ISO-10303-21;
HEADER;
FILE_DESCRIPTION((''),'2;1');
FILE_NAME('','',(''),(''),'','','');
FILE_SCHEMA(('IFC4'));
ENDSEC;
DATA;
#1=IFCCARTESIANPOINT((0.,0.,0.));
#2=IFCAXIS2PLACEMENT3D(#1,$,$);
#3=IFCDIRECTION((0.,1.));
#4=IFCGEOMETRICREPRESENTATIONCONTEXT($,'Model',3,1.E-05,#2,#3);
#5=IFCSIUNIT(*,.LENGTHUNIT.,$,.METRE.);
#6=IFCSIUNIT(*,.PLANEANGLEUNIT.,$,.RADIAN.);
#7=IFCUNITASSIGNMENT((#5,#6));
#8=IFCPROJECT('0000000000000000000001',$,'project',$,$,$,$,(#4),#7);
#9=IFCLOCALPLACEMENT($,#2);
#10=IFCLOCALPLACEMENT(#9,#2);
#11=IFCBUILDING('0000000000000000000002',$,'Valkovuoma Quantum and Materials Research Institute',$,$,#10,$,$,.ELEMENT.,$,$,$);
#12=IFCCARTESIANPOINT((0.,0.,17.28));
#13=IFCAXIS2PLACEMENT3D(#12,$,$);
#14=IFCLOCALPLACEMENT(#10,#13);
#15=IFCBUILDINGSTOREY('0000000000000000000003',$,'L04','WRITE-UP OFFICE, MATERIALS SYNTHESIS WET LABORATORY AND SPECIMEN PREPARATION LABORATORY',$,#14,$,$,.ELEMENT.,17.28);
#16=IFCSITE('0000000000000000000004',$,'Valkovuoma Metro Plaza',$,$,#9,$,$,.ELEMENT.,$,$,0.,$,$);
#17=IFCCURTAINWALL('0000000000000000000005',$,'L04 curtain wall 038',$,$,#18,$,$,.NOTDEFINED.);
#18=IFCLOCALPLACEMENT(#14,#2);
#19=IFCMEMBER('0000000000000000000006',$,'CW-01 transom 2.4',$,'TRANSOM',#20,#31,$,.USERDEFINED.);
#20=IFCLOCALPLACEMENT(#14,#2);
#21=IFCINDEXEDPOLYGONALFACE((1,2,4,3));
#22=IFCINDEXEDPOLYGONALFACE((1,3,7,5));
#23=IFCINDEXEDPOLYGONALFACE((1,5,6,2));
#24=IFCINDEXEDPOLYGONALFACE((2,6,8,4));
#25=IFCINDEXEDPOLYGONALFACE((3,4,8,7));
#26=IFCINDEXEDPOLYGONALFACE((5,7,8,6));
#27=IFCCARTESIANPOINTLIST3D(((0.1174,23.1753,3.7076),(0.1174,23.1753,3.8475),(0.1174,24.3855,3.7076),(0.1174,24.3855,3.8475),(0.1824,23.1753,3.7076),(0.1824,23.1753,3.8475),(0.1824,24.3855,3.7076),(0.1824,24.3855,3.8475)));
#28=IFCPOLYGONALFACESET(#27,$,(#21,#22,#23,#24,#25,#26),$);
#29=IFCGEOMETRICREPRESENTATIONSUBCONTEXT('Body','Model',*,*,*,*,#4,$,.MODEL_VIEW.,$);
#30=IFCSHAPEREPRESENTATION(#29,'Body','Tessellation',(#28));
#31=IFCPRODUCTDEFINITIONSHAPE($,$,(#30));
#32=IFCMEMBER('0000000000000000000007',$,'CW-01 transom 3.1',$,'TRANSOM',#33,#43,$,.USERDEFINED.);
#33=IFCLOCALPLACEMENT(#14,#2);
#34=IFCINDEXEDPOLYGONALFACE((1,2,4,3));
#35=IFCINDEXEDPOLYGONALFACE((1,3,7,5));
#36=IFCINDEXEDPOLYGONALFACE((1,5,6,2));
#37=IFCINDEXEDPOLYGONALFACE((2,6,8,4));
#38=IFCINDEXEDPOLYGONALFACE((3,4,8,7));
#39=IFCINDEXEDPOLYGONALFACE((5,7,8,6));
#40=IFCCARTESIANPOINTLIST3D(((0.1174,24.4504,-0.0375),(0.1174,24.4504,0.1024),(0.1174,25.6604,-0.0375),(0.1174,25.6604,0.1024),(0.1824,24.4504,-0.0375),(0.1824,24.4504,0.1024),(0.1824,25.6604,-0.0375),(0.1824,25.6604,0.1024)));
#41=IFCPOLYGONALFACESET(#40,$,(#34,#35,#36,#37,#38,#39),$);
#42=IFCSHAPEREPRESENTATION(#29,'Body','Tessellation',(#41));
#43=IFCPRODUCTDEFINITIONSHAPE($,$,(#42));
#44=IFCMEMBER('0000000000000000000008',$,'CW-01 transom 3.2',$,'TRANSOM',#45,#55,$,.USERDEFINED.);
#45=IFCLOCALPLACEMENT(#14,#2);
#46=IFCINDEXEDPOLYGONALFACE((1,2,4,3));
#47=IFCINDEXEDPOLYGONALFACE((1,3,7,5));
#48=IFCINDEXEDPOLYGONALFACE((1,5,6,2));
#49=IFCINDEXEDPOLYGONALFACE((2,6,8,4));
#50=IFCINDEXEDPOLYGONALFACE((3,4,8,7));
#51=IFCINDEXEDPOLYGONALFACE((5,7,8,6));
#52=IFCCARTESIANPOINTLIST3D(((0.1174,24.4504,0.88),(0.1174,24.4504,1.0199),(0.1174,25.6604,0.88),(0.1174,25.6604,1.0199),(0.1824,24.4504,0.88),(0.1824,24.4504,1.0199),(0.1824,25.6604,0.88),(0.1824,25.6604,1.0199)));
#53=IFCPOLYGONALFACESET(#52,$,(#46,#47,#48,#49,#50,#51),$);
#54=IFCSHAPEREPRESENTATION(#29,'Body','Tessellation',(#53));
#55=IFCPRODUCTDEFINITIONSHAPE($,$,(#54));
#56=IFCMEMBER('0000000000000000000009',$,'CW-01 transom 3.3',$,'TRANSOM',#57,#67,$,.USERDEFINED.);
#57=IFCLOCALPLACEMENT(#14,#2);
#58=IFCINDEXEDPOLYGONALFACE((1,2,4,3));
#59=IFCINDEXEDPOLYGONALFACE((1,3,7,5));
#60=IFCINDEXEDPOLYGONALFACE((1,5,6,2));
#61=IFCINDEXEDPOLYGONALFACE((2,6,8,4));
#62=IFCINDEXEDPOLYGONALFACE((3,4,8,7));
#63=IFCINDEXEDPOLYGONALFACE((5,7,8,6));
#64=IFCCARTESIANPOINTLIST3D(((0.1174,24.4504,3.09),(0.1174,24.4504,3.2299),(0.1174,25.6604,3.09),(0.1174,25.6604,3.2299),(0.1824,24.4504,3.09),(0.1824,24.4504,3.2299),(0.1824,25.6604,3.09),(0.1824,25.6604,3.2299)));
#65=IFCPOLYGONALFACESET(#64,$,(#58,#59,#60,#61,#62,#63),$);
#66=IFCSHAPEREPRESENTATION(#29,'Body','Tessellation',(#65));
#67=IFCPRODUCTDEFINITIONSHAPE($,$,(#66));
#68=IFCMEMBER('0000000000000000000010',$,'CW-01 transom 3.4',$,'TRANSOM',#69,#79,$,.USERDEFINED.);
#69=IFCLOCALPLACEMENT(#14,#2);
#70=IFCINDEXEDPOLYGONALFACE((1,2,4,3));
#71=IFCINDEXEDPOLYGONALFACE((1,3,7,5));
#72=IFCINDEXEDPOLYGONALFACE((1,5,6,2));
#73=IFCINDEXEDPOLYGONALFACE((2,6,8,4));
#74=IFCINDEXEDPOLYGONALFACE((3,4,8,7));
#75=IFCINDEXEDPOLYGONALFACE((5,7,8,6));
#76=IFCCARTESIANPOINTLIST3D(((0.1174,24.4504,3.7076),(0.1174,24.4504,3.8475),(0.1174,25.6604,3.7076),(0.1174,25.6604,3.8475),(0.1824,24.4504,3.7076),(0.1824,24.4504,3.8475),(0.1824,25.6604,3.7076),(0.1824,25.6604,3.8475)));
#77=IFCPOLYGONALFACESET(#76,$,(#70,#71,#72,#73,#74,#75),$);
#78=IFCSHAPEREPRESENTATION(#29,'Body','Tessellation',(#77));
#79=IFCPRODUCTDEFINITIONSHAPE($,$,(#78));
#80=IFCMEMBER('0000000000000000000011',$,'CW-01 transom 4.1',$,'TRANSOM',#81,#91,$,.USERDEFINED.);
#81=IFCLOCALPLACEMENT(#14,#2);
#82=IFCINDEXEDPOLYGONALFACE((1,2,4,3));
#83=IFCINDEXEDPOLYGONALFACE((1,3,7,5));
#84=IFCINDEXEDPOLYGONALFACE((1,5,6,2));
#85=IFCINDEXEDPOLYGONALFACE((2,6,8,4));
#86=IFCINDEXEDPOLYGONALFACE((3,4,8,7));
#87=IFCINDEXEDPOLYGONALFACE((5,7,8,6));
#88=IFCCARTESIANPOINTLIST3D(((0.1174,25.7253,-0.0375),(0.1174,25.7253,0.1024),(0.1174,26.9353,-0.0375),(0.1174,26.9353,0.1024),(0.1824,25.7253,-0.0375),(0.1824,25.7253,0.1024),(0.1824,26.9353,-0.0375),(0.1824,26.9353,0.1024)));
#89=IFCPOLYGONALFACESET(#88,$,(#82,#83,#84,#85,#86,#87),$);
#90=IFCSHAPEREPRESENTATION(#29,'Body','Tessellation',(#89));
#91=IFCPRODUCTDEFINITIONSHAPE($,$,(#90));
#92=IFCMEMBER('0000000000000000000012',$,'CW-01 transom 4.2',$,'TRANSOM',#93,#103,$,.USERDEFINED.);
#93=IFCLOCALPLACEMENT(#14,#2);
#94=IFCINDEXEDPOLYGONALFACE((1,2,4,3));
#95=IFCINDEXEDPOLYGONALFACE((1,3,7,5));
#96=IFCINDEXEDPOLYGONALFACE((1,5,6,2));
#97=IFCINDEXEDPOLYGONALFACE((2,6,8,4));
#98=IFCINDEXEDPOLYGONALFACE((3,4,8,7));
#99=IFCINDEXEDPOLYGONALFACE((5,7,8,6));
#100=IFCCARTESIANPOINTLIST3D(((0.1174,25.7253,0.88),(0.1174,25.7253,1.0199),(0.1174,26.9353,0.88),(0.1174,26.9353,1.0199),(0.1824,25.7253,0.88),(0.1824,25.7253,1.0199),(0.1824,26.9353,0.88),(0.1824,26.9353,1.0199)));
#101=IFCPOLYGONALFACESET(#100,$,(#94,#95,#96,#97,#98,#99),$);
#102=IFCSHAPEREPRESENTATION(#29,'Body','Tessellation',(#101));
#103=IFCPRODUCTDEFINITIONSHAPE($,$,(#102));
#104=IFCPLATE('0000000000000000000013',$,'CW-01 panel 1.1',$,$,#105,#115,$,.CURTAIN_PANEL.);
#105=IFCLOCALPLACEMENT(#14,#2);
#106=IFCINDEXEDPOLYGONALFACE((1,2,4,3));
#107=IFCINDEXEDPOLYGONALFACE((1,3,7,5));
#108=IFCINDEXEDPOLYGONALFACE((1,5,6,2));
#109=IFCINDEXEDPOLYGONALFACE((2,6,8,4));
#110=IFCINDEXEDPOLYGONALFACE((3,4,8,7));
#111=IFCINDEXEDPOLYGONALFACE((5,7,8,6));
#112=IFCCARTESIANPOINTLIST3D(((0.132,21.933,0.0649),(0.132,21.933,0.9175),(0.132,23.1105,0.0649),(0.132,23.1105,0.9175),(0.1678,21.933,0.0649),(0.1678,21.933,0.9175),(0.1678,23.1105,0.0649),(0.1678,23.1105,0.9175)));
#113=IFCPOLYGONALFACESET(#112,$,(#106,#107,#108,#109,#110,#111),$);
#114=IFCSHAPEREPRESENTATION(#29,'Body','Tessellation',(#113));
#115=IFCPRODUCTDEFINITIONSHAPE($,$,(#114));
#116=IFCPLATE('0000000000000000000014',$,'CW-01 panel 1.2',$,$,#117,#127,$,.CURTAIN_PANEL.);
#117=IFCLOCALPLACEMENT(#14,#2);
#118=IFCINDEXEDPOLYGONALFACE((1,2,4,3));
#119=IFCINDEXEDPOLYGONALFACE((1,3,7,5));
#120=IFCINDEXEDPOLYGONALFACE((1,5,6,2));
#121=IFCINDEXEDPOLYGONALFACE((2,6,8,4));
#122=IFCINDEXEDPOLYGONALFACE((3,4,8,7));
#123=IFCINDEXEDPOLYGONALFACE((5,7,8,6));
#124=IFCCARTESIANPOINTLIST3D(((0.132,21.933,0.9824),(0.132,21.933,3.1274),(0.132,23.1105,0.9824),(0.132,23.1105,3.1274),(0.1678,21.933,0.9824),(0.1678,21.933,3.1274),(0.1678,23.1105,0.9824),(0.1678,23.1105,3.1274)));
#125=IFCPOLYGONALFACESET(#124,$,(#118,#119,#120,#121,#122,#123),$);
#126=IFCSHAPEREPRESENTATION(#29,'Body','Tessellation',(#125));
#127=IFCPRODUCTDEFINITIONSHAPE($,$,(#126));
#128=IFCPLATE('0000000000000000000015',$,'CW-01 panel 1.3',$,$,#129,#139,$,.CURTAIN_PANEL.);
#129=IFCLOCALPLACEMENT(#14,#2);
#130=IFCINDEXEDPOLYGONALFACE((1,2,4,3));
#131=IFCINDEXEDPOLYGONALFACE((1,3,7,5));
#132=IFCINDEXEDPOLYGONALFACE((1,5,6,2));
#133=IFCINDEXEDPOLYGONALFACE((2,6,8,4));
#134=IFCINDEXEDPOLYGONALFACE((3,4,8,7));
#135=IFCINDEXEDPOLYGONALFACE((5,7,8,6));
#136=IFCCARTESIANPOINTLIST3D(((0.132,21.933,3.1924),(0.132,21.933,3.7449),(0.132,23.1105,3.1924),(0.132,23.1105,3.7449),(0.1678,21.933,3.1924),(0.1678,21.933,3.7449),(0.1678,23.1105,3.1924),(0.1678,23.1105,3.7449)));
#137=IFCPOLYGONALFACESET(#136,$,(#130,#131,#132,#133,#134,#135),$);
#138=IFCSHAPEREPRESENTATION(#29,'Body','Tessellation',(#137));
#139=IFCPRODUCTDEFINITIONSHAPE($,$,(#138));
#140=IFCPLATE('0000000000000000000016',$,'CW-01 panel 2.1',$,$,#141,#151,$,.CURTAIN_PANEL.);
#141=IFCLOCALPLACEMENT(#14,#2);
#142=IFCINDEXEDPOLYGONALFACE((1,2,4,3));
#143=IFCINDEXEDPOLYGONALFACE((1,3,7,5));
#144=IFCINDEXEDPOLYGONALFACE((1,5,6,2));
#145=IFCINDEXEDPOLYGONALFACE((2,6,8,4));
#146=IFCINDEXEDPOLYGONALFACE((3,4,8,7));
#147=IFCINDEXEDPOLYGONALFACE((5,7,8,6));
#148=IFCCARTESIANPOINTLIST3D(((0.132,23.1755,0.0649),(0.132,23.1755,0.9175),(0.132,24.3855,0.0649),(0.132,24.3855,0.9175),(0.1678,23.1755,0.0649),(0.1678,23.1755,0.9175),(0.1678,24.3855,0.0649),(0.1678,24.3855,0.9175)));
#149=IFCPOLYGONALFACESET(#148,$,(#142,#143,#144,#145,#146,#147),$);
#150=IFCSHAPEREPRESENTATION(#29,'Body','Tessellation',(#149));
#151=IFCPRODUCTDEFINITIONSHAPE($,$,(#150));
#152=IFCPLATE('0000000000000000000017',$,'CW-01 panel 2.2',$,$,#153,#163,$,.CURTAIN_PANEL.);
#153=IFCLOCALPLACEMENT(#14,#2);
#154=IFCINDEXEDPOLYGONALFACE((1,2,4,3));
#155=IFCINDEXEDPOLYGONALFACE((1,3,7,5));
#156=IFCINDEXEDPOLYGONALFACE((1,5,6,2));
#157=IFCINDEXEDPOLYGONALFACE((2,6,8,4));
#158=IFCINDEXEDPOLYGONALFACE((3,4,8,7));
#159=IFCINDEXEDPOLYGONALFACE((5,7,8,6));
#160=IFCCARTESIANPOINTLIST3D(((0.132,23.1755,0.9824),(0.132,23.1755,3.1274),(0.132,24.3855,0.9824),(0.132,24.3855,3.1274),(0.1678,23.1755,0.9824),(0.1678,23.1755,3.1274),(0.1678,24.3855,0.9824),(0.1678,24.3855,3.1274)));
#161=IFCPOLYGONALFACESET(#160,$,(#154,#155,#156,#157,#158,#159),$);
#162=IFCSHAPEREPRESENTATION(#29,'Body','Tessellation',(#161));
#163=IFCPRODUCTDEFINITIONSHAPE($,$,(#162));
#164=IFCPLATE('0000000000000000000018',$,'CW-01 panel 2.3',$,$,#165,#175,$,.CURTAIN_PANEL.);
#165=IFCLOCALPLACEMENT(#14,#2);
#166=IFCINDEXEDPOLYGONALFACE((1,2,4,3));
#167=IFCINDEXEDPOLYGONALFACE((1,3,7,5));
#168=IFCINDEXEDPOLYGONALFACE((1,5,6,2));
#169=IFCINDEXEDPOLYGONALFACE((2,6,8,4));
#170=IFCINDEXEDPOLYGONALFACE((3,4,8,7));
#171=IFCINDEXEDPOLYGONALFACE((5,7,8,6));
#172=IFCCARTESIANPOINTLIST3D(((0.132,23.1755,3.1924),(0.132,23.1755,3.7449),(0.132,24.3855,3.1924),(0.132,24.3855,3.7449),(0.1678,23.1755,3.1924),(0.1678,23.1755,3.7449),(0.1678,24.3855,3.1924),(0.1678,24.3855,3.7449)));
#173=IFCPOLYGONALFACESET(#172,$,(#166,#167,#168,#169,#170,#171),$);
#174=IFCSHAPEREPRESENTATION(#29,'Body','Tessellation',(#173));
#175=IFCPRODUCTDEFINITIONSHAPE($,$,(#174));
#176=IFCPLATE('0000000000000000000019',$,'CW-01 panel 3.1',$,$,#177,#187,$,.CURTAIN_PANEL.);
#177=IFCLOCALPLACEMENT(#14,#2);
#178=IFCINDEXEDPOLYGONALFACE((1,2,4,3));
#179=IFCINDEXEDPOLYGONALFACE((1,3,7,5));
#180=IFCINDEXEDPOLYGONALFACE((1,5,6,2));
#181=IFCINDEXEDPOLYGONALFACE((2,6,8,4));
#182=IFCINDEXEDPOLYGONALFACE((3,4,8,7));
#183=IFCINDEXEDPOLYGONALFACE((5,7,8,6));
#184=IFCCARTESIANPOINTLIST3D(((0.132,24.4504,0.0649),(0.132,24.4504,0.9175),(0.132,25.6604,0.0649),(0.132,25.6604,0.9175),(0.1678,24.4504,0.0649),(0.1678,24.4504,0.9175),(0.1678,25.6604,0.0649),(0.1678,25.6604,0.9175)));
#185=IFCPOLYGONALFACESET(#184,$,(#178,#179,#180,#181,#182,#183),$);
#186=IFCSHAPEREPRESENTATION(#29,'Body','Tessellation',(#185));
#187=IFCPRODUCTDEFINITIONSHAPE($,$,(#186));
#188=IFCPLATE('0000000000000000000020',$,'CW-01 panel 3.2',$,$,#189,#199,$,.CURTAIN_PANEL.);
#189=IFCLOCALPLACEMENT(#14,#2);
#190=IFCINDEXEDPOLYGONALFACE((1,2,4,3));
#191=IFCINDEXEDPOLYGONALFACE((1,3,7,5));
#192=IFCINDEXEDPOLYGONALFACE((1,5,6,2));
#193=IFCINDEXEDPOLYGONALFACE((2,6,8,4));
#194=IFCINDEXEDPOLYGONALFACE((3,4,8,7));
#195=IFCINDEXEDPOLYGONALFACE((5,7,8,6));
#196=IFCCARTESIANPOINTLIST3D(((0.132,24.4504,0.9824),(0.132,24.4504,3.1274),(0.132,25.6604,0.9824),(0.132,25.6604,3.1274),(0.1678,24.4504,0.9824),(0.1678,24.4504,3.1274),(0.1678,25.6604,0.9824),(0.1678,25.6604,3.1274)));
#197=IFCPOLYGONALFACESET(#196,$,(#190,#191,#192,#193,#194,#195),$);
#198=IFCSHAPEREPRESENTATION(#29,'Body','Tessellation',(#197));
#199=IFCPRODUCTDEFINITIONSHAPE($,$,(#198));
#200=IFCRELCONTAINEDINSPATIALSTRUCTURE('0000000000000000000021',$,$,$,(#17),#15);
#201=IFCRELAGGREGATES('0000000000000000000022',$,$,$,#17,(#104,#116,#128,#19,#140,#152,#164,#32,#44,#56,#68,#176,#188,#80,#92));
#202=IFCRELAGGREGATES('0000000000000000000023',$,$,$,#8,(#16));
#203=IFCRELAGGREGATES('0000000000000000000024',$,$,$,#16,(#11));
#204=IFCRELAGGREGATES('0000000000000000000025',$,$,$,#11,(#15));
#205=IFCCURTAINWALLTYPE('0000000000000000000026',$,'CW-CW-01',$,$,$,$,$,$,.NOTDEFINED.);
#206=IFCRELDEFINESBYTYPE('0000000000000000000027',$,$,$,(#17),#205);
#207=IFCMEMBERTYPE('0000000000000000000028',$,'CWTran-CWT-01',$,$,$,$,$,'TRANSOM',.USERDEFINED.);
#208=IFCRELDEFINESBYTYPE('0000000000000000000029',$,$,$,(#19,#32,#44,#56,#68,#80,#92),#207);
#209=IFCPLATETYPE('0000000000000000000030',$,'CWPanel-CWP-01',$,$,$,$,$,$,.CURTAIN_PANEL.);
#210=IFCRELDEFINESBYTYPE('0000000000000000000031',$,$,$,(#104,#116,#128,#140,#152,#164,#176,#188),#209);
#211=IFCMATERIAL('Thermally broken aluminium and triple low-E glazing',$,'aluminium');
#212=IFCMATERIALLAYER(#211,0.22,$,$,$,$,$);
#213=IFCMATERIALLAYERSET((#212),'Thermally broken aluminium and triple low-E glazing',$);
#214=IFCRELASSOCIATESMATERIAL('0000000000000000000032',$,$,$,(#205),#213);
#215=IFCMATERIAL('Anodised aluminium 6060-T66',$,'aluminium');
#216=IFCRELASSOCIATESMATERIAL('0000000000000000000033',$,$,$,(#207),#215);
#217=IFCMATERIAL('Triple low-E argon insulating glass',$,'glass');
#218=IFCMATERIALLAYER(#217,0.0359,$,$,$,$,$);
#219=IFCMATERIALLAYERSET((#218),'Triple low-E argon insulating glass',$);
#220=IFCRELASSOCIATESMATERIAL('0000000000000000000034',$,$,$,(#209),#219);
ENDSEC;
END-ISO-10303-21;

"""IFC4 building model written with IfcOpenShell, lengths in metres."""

from ifc_helpers import new_model, si_unit, direction, frame, origin, origin_2d, place, context, subcontext, project, spatial, rectangle, extrude, material, layer, layer_set, material_profile, profile_set, type_object, element, aggregate, save


model = new_model("IFC4")

# Units and contexts
model_context = context("Model", 3, precision=1e-05, world=origin(), true_north=direction((0.0, 1.0)))
body_context = subcontext(model_context, "Body", "Model", "MODEL_VIEW")
ifc_project = project(units=[si_unit("LENGTHUNIT", "METRE"), si_unit("PLANEANGLEUNIT", "RADIAN")], contexts=[model_context])

# Site, building, storey
site_placement = place(None, origin())
site = spatial("IfcSite", under=ifc_project, at=site_placement, Name="Valkovuoma Metro Plaza", CompositionType="ELEMENT", RefElevation=0.0)
building_placement = place(site_placement, origin())
building = spatial("IfcBuilding", under=site, at=building_placement, Name="Valkovuoma Quantum and Materials Research Institute", CompositionType="ELEMENT")
storey_placement = place(building_placement, frame((0.0, 0.0, 17.28)))
storey = spatial("IfcBuildingStorey", under=building, at=storey_placement, Name="L04", Description="WRITE-UP OFFICE, MATERIALS SYNTHESIS WET LABORATORY AND SPECIMEN PREPARATION LABORATORY", CompositionType="ELEMENT", Elevation=17.28)

# Curtain wall, members, plates
ifc_material_1 = material(Name="Thermally broken aluminium and triple low-E glazing", Category="aluminium")
ifc_layer_1 = layer(ifc_material_1, 0.22)
ifc_layer_set_1 = layer_set([ifc_layer_1], Name="Thermally broken aluminium and triple low-E glazing")
curtain_wall_type = type_object("IfcCurtainWallType", Name="CW-CW-01", PredefinedType="NOTDEFINED", material=ifc_layer_set_1)
curtain_wall_placement = place(storey_placement, origin())
curtain_wall = element("IfcCurtainWall", 1, at=curtain_wall_placement, inside=storey, type_object=curtain_wall_type, Name="L04 curtain wall 038", PredefinedType="NOTDEFINED")
ifc_material_2 = material(Name="Anodised aluminium 6060-T66", Category="aluminium")
ifc_material_profile_1 = material_profile(ifc_material_2, rectangle(XDim=0.0649, YDim=0.1399, at=origin_2d()), Name="Anodised aluminium 6060-T66")
ifc_profile_set_1 = profile_set([ifc_material_profile_1], Name="Anodised aluminium 6060-T66")
member_type_1 = type_object("IfcMemberType", Name="CWTran-CWT-01", ElementType="TRANSOM", PredefinedType="USERDEFINED", material=ifc_profile_set_1)
member_1_placement = place(storey_placement, frame((0.1499, 23.1753, 3.7776), z_axis=(0.0, 1.0, 0.0), x_axis=(-1.0, 0.0, 0.0)))
member_1 = element("IfcMember", 2, at=member_1_placement, type_object=member_type_1, Name="CW-01 transom 2.4", ObjectType="TRANSOM", PredefinedType="USERDEFINED", context=body_context, shape_type="SweptSolid", body=[
    extrude(rectangle(XDim=0.0649, YDim=0.1399, at=origin_2d()), origin(), (0.0, 0.0, 1.0), 1.2102),
])
member_2_placement = place(storey_placement, frame((0.1499, 24.4504, 0.0325), z_axis=(0.0, 1.0, 0.0), x_axis=(-1.0, 0.0, 0.0)))
member_2 = element("IfcMember", 3, at=member_2_placement, type_object=member_type_1, Name="CW-01 transom 3.1", ObjectType="TRANSOM", PredefinedType="USERDEFINED", context=body_context, shape_type="SweptSolid", body=[
    extrude(rectangle(XDim=0.0649, YDim=0.1399, at=origin_2d()), origin(), (0.0, 0.0, 1.0), 1.21),
])
member_3_placement = place(storey_placement, frame((0.1499, 24.4504, 0.95), z_axis=(0.0, 1.0, 0.0), x_axis=(-1.0, 0.0, 0.0)))
member_3 = element("IfcMember", 4, at=member_3_placement, type_object=member_type_1, Name="CW-01 transom 3.2", ObjectType="TRANSOM", PredefinedType="USERDEFINED", context=body_context, shape_type="SweptSolid", body=[
    extrude(rectangle(XDim=0.0649, YDim=0.1399, at=origin_2d()), origin(), (0.0, 0.0, 1.0), 1.21),
])
member_4_placement = place(storey_placement, frame((0.1499, 24.4504, 3.1599), z_axis=(0.0, 1.0, 0.0), x_axis=(-1.0, 0.0, 0.0)))
member_4 = element("IfcMember", 5, at=member_4_placement, type_object=member_type_1, Name="CW-01 transom 3.3", ObjectType="TRANSOM", PredefinedType="USERDEFINED", context=body_context, shape_type="SweptSolid", body=[
    extrude(rectangle(XDim=0.0649, YDim=0.1399, at=origin_2d()), origin(), (0.0, 0.0, 1.0), 1.21),
])
member_5_placement = place(storey_placement, frame((0.1499, 24.4504, 3.7776), z_axis=(0.0, 1.0, 0.0), x_axis=(-1.0, 0.0, 0.0)))
member_5 = element("IfcMember", 6, at=member_5_placement, type_object=member_type_1, Name="CW-01 transom 3.4", ObjectType="TRANSOM", PredefinedType="USERDEFINED", context=body_context, shape_type="SweptSolid", body=[
    extrude(rectangle(XDim=0.0649, YDim=0.1399, at=origin_2d()), origin(), (0.0, 0.0, 1.0), 1.21),
])
member_6_placement = place(storey_placement, frame((0.1499, 25.7253, 0.0325), z_axis=(0.0, 1.0, 0.0), x_axis=(-1.0, 0.0, 0.0)))
member_6 = element("IfcMember", 7, at=member_6_placement, type_object=member_type_1, Name="CW-01 transom 4.1", ObjectType="TRANSOM", PredefinedType="USERDEFINED", context=body_context, shape_type="SweptSolid", body=[
    extrude(rectangle(XDim=0.0649, YDim=0.1399, at=origin_2d()), origin(), (0.0, 0.0, 1.0), 1.21),
])
member_7_placement = place(storey_placement, frame((0.1499, 25.7253, 0.95), z_axis=(0.0, 1.0, 0.0), x_axis=(-1.0, 0.0, 0.0)))
member_7 = element("IfcMember", 8, at=member_7_placement, type_object=member_type_1, Name="CW-01 transom 4.2", ObjectType="TRANSOM", PredefinedType="USERDEFINED", context=body_context, shape_type="SweptSolid", body=[
    extrude(rectangle(XDim=0.0649, YDim=0.1399, at=origin_2d()), origin(), (0.0, 0.0, 1.0), 1.21),
])
ifc_material_3 = material(Name="Triple low-E argon insulating glass", Category="glass")
ifc_layer_2 = layer(ifc_material_3, 0.0359)
ifc_layer_set_2 = layer_set([ifc_layer_2], Name="Triple low-E argon insulating glass")
plate_type = type_object("IfcPlateType", Name="CWPanel-CWP-01", PredefinedType="CURTAIN_PANEL", material=ifc_layer_set_2)
plate_1_placement = place(storey_placement, frame((0.1499, 22.5217, 0.0649), z_axis=(0.0, 0.0, 1.0), x_axis=(0.0, 1.0, 0.0)))
plate_1 = element("IfcPlate", 9, at=plate_1_placement, type_object=plate_type, Name="CW-01 panel 1.1", PredefinedType="CURTAIN_PANEL", context=body_context, shape_type="SweptSolid", body=[
    extrude(rectangle(XDim=1.1775, YDim=0.0359, at=origin_2d()), origin(), (0.0, 0.0, 1.0), 0.8525),
])
plate_2_placement = place(storey_placement, frame((0.1499, 22.5217, 0.9824), z_axis=(0.0, 0.0, 1.0), x_axis=(0.0, 1.0, 0.0)))
plate_2 = element("IfcPlate", 10, at=plate_2_placement, type_object=plate_type, Name="CW-01 panel 1.2", PredefinedType="CURTAIN_PANEL", context=body_context, shape_type="SweptSolid", body=[
    extrude(rectangle(XDim=1.1775, YDim=0.0359, at=origin_2d()), origin(), (0.0, 0.0, 1.0), 2.145),
])
plate_3_placement = place(storey_placement, frame((0.1499, 22.5217, 3.1924), z_axis=(0.0, 0.0, 1.0), x_axis=(0.0, 1.0, 0.0)))
plate_3 = element("IfcPlate", 11, at=plate_3_placement, type_object=plate_type, Name="CW-01 panel 1.3", PredefinedType="CURTAIN_PANEL", context=body_context, shape_type="SweptSolid", body=[
    extrude(rectangle(XDim=1.1775, YDim=0.0359, at=origin_2d()), origin(), (0.0, 0.0, 1.0), 0.5525),
])
plate_4_placement = place(storey_placement, frame((0.1499, 23.7805, 0.0649), z_axis=(0.0, 0.0, 1.0), x_axis=(0.0, 1.0, 0.0)))
plate_4 = element("IfcPlate", 12, at=plate_4_placement, type_object=plate_type, Name="CW-01 panel 2.1", PredefinedType="CURTAIN_PANEL", context=body_context, shape_type="SweptSolid", body=[
    extrude(rectangle(XDim=1.21, YDim=0.0359, at=origin_2d()), origin(), (0.0, 0.0, 1.0), 0.8525),
])
plate_5_placement = place(storey_placement, frame((0.1499, 23.7805, 0.9824), z_axis=(0.0, 0.0, 1.0), x_axis=(0.0, 1.0, 0.0)))
plate_5 = element("IfcPlate", 13, at=plate_5_placement, type_object=plate_type, Name="CW-01 panel 2.2", PredefinedType="CURTAIN_PANEL", context=body_context, shape_type="SweptSolid", body=[
    extrude(rectangle(XDim=1.21, YDim=0.0359, at=origin_2d()), origin(), (0.0, 0.0, 1.0), 2.145),
])
plate_6_placement = place(storey_placement, frame((0.1499, 23.7805, 3.1924), z_axis=(0.0, 0.0, 1.0), x_axis=(0.0, 1.0, 0.0)))
plate_6 = element("IfcPlate", 14, at=plate_6_placement, type_object=plate_type, Name="CW-01 panel 2.3", PredefinedType="CURTAIN_PANEL", context=body_context, shape_type="SweptSolid", body=[
    extrude(rectangle(XDim=1.21, YDim=0.0359, at=origin_2d()), origin(), (0.0, 0.0, 1.0), 0.5525),
])
plate_7_placement = place(storey_placement, frame((0.1499, 25.0554, 0.0649), z_axis=(0.0, 0.0, 1.0), x_axis=(0.0, 1.0, 0.0)))
plate_7 = element("IfcPlate", 15, at=plate_7_placement, type_object=plate_type, Name="CW-01 panel 3.1", PredefinedType="CURTAIN_PANEL", context=body_context, shape_type="SweptSolid", body=[
    extrude(rectangle(XDim=1.21, YDim=0.0359, at=origin_2d()), origin(), (0.0, 0.0, 1.0), 0.8525),
])
plate_8_placement = place(storey_placement, frame((0.1499, 25.0554, 0.9824), z_axis=(0.0, 0.0, 1.0), x_axis=(0.0, 1.0, 0.0)))
plate_8 = element("IfcPlate", 16, at=plate_8_placement, type_object=plate_type, Name="CW-01 panel 3.2", PredefinedType="CURTAIN_PANEL", context=body_context, shape_type="SweptSolid", body=[
    extrude(rectangle(XDim=1.21, YDim=0.0359, at=origin_2d()), origin(), (0.0, 0.0, 1.0), 2.145),
])
aggregate(curtain_wall, [plate_1, plate_2, plate_3, member_1, plate_4, plate_5, plate_6, member_2, member_3, member_4, member_5, plate_7, plate_8, member_6, member_7])

save(model, "model.ifc")
